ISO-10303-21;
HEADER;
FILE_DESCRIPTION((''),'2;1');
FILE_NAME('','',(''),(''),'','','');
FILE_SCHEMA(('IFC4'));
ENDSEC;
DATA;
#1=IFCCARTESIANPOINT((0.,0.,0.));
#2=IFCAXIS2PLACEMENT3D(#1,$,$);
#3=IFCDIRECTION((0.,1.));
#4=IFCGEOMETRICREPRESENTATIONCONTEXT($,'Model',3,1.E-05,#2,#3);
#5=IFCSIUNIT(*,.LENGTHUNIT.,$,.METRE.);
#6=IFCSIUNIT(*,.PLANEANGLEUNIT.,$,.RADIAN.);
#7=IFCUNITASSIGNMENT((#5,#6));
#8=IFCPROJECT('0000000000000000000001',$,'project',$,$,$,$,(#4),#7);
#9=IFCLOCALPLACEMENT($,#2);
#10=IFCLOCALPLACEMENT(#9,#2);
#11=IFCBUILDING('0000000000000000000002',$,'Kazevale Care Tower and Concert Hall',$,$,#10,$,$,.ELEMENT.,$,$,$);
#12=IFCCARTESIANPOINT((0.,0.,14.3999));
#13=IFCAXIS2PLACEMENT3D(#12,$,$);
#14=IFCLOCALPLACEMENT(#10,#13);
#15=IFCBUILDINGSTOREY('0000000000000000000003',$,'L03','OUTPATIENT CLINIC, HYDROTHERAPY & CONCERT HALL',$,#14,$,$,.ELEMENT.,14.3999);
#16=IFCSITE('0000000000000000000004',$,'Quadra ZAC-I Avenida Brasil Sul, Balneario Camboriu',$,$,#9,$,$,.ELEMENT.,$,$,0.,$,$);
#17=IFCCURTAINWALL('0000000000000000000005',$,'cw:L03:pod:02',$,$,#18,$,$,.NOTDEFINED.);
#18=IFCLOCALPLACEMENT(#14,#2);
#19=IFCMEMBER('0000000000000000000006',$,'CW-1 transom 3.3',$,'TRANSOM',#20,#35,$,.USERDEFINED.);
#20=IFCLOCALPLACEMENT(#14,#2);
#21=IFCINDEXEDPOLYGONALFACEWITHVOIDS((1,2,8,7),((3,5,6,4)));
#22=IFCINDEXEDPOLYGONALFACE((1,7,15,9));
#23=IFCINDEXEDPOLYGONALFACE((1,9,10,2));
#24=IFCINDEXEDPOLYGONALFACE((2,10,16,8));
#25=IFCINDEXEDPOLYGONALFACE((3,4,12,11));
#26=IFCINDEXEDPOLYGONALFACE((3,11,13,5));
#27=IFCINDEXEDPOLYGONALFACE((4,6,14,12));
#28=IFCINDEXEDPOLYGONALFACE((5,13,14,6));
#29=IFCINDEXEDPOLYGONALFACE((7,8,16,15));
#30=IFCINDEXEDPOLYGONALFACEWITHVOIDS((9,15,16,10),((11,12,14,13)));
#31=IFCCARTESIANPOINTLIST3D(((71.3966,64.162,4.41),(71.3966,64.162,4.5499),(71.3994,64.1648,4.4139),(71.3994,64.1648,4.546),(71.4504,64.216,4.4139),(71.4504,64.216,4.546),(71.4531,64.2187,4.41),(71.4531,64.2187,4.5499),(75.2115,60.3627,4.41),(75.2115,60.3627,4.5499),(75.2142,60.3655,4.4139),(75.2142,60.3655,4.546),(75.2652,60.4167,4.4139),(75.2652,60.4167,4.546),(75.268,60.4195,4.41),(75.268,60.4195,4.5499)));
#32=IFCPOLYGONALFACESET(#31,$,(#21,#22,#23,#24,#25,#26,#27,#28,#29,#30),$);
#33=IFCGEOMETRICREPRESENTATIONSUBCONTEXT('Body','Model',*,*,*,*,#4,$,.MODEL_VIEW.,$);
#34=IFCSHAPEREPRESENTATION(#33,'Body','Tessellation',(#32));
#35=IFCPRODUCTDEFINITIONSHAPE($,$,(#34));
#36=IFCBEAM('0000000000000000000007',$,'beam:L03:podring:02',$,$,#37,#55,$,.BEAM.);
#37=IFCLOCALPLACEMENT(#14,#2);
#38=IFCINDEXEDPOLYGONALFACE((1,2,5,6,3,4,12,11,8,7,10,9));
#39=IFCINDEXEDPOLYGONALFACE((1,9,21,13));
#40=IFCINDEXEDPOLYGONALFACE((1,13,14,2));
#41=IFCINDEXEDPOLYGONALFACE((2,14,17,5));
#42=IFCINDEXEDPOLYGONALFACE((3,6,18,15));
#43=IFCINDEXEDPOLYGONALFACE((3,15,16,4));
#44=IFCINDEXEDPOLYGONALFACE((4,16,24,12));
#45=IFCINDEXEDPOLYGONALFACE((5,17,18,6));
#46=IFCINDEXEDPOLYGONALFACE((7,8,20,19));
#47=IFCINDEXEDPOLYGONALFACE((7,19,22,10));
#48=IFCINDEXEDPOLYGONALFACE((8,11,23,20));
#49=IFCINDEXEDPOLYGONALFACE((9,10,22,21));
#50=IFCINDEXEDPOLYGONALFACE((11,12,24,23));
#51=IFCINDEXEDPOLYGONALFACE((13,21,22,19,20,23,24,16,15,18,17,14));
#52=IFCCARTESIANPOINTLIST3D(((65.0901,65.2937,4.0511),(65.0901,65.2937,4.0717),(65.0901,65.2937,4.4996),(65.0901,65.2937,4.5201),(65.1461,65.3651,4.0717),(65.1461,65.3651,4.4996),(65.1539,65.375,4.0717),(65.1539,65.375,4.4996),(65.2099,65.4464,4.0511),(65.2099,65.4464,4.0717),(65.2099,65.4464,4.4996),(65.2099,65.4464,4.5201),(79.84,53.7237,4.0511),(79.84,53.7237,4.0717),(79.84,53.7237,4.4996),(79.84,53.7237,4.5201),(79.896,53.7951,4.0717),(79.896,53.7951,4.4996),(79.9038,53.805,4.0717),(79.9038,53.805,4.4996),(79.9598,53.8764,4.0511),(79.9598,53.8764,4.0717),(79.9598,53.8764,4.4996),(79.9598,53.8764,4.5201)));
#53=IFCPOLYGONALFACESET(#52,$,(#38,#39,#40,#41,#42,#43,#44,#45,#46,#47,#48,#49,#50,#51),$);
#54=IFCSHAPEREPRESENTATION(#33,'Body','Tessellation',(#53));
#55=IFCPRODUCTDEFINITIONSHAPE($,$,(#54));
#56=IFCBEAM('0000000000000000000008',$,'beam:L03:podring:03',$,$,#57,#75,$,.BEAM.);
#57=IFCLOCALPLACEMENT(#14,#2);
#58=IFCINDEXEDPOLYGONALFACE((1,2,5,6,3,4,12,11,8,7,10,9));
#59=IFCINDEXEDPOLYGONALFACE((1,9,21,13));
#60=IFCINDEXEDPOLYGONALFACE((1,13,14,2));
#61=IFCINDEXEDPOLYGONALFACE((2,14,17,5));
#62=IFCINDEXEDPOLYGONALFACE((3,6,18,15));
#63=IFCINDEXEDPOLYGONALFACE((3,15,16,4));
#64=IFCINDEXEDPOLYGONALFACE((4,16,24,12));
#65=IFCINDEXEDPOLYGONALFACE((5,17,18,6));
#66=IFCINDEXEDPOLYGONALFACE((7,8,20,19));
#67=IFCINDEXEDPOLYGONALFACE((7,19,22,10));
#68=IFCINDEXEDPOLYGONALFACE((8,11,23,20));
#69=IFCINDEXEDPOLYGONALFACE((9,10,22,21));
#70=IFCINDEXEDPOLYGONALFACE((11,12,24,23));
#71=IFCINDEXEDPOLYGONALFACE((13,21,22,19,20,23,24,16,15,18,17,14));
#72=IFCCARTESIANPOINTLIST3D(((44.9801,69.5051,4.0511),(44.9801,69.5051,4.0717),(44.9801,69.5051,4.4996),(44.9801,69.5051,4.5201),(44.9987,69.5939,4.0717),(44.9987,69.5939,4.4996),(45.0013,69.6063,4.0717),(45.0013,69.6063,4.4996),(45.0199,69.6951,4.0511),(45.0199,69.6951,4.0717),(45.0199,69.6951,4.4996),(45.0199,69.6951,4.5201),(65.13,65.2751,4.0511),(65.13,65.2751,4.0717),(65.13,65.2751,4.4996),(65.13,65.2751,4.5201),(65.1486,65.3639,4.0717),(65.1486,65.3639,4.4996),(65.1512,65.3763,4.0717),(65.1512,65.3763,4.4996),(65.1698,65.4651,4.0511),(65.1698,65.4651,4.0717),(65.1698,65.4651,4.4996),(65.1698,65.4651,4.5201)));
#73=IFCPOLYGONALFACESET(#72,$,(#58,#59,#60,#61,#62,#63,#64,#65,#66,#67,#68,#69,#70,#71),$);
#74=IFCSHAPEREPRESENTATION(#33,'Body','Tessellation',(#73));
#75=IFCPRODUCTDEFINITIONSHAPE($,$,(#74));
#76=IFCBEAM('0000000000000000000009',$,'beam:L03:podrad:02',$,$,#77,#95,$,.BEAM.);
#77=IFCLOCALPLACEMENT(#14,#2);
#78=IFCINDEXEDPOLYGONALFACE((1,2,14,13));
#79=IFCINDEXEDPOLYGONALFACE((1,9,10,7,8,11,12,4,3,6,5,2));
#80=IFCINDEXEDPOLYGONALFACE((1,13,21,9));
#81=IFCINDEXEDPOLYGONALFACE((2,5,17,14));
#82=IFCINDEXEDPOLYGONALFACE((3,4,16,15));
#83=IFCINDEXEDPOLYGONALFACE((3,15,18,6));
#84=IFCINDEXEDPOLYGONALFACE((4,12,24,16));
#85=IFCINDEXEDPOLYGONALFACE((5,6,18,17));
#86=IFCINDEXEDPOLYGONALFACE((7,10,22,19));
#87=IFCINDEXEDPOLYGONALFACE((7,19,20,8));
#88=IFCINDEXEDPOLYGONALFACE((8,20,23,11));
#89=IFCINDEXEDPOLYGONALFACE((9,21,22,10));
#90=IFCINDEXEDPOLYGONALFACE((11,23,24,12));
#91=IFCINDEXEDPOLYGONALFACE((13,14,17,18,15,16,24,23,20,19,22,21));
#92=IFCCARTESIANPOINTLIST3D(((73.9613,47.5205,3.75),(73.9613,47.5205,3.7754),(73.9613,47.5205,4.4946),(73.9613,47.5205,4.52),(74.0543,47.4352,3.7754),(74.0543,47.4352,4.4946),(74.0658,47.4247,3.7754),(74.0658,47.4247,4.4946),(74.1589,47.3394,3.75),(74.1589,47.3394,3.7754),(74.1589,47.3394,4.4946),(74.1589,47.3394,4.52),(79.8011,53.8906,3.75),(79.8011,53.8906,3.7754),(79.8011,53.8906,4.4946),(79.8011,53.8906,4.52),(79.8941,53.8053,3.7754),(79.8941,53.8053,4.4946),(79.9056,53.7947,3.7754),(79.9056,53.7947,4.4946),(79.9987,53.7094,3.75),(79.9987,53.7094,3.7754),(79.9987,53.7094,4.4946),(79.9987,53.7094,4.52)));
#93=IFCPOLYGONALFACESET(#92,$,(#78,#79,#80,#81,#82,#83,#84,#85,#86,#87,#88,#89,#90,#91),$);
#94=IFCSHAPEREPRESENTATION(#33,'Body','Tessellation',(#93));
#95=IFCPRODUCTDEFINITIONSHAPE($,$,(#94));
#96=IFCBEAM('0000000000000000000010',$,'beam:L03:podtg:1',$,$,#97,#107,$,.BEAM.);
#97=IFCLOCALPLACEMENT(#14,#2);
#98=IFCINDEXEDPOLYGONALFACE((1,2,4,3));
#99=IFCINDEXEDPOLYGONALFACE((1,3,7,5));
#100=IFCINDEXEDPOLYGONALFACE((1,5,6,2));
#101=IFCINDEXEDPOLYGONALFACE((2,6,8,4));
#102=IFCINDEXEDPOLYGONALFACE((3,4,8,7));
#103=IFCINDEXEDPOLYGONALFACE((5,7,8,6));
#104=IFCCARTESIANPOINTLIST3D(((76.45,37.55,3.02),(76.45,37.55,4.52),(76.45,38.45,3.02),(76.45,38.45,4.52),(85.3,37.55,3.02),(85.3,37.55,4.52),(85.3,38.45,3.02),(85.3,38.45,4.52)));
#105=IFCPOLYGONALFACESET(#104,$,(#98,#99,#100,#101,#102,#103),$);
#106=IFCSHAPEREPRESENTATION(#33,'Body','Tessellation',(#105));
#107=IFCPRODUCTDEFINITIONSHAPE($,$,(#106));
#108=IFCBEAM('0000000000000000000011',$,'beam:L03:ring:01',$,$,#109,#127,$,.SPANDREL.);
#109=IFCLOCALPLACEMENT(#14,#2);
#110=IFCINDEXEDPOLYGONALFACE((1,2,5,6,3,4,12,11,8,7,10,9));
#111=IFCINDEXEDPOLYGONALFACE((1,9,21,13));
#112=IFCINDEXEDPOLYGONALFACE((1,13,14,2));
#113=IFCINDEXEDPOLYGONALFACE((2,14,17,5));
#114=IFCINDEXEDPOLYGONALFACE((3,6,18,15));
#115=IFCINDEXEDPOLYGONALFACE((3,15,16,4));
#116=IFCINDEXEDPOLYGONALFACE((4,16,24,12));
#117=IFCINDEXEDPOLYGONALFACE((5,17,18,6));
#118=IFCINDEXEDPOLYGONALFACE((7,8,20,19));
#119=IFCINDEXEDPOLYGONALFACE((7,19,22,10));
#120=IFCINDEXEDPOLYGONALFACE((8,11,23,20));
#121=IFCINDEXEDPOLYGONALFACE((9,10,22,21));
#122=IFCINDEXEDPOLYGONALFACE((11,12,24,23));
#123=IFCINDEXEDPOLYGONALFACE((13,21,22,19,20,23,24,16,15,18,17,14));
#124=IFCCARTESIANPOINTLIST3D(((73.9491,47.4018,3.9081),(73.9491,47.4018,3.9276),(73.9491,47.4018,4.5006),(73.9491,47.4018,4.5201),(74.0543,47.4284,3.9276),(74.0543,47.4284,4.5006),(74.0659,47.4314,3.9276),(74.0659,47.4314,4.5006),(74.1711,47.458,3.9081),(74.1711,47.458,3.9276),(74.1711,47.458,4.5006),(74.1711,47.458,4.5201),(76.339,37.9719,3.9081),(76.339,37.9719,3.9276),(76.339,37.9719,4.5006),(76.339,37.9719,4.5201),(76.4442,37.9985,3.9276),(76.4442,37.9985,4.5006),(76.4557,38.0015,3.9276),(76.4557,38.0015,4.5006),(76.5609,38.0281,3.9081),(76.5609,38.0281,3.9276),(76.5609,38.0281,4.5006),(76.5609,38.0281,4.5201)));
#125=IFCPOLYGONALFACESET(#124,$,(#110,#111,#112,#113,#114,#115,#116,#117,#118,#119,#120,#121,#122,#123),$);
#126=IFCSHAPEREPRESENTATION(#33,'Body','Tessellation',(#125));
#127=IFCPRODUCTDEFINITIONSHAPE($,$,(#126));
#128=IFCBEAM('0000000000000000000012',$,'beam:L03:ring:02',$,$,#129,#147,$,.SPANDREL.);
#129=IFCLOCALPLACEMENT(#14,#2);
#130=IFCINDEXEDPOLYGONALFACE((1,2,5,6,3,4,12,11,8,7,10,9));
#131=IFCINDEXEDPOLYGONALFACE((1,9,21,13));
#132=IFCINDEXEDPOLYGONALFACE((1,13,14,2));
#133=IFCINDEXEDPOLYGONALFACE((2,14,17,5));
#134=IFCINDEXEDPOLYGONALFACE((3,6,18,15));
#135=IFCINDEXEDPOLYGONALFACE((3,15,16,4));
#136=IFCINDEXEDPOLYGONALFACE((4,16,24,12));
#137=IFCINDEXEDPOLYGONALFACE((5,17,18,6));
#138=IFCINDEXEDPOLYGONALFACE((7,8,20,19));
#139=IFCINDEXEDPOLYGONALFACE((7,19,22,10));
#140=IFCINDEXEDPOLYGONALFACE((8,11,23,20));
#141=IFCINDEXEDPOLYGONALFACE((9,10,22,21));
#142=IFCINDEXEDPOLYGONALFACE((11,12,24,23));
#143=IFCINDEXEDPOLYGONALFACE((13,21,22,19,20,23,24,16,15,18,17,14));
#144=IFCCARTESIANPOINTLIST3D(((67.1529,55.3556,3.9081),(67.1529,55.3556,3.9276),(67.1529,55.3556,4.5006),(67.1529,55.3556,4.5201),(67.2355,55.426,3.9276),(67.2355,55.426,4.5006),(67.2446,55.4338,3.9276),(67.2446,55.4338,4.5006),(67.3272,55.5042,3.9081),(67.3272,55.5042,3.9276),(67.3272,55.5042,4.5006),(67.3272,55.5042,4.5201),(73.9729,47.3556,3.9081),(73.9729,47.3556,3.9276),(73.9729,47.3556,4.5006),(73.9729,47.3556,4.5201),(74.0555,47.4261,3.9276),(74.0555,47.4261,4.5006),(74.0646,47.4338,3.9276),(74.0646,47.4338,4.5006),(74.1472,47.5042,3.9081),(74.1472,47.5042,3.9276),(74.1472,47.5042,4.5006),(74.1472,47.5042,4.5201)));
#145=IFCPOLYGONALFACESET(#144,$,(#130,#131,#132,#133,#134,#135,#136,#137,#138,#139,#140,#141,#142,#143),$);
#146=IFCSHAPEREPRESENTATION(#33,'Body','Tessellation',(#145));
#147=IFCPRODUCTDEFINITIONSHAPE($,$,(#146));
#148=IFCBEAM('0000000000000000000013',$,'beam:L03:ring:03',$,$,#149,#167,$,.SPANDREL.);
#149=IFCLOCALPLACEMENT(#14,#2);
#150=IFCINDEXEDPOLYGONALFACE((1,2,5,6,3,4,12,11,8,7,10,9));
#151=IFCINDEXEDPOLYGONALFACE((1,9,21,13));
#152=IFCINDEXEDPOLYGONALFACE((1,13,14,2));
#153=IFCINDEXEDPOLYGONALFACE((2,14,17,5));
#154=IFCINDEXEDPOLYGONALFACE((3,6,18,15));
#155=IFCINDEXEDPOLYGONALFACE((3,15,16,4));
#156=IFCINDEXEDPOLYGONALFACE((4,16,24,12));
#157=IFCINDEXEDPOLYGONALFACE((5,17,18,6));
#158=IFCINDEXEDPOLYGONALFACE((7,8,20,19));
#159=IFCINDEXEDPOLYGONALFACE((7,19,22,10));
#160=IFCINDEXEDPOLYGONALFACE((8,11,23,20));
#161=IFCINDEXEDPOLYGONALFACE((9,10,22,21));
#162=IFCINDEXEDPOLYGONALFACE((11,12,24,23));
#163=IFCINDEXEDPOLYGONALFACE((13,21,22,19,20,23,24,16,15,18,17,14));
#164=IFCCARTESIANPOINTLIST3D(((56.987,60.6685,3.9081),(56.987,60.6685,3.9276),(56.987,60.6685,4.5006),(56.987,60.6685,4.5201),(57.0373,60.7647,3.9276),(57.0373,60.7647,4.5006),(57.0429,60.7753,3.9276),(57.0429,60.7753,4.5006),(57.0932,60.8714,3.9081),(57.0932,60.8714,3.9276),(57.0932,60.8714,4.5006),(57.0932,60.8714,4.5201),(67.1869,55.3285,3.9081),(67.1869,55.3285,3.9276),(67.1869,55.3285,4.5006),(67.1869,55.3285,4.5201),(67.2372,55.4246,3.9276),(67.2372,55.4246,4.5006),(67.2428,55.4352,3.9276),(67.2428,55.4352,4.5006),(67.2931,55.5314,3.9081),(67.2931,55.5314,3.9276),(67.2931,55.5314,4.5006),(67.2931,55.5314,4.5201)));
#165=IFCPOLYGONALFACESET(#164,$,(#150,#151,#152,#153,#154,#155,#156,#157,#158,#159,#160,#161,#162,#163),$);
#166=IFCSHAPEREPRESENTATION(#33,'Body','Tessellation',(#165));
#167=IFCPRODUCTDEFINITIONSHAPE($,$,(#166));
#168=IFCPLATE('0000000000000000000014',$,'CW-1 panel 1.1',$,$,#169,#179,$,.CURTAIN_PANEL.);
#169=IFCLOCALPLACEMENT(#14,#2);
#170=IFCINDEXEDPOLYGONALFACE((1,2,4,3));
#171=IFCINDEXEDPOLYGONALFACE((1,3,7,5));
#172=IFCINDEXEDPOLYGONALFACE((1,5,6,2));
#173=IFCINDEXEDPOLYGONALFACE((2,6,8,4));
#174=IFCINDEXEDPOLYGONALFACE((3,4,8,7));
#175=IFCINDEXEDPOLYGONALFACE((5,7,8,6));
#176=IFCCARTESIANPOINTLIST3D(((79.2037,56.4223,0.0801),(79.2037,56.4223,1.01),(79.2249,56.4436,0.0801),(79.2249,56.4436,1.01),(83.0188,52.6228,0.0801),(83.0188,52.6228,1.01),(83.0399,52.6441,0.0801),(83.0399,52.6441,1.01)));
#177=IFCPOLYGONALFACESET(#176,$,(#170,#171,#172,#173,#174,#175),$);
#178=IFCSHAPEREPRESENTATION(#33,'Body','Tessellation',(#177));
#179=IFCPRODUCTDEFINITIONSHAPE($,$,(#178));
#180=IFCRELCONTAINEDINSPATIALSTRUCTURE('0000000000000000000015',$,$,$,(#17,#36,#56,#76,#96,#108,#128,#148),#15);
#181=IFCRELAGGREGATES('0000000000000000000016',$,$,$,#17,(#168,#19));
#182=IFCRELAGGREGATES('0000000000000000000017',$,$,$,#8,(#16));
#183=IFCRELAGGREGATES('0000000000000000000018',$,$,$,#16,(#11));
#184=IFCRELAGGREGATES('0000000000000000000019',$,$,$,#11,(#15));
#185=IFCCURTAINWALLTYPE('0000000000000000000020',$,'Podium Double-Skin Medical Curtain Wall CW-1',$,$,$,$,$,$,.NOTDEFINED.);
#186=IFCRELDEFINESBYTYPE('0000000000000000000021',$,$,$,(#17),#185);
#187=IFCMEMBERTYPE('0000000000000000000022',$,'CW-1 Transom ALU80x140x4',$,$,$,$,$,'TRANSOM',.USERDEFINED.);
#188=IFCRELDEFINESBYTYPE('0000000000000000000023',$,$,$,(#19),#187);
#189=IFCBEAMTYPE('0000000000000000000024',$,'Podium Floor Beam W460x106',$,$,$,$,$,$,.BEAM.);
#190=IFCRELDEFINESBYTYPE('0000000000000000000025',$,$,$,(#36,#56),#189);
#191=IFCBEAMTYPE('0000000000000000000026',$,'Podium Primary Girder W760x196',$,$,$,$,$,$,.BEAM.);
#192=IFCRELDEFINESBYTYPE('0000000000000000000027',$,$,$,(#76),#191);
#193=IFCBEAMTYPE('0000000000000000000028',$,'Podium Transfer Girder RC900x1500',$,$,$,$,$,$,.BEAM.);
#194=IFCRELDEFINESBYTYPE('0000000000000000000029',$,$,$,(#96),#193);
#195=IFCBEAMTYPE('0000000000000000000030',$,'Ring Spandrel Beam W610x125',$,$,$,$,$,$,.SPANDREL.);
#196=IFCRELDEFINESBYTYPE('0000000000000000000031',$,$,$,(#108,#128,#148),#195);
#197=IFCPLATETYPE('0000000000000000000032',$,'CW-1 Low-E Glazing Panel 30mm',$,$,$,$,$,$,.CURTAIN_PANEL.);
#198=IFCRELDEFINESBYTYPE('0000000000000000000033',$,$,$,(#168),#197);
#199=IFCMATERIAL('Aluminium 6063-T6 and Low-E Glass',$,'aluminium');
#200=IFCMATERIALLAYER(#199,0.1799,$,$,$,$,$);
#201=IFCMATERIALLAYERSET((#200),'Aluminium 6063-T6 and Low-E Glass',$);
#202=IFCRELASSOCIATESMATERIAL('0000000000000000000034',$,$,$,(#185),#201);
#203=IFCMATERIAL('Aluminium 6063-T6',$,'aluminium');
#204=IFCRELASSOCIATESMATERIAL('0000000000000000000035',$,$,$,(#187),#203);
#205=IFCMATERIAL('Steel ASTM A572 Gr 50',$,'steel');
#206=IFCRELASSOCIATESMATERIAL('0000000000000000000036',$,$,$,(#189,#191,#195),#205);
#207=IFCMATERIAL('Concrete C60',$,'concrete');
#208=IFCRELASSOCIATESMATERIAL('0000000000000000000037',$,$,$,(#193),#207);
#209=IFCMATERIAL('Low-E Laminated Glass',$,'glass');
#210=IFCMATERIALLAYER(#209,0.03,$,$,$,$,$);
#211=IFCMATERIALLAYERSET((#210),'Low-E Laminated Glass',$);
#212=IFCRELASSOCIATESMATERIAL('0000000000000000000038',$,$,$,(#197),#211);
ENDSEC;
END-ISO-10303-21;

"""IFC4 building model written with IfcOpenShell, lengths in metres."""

from ifc_helpers import new_model, si_unit, direction, frame, origin, origin_2d, place, context, subcontext, project, spatial, rectangle, hollow_rectangle, i_section, extrude, material, layer, layer_set, material_profile, profile_set, type_object, element, aggregate, save


model = new_model("IFC4")

# Units and contexts
model_context = context("Model", 3, precision=1e-05, world=origin(), true_north=direction((0.0, 1.0)))
body_context = subcontext(model_context, "Body", "Model", "MODEL_VIEW")
ifc_project = project(units=[si_unit("LENGTHUNIT", "METRE"), si_unit("PLANEANGLEUNIT", "RADIAN")], contexts=[model_context])

# Site, building, storey
site_placement = place(None, origin())
site = spatial("IfcSite", under=ifc_project, at=site_placement, Name="Quadra ZAC-I Avenida Brasil Sul, Balneario Camboriu", CompositionType="ELEMENT", RefElevation=0.0)
building_placement = place(site_placement, origin())
building = spatial("IfcBuilding", under=site, at=building_placement, Name="Kazevale Care Tower and Concert Hall", CompositionType="ELEMENT")
storey_placement = place(building_placement, frame((0.0, 0.0, 14.3999)))
storey = spatial("IfcBuildingStorey", under=building, at=storey_placement, Name="L03", Description="OUTPATIENT CLINIC, HYDROTHERAPY & CONCERT HALL", CompositionType="ELEMENT", Elevation=14.3999)

# Shared definitions
ifc_material_1 = material(Name="Concrete C60", Category="concrete")

# Curtain wall, member
ifc_material_2 = material(Name="Aluminium 6063-T6 and Low-E Glass", Category="aluminium")
ifc_layer_1 = layer(ifc_material_2, 0.1799)
ifc_layer_set_1 = layer_set([ifc_layer_1], Name="Aluminium 6063-T6 and Low-E Glass")
curtain_wall_type = type_object("IfcCurtainWallType", Name="Podium Double-Skin Medical Curtain Wall CW-1", PredefinedType="NOTDEFINED", material=ifc_layer_set_1)
curtain_wall_placement = place(storey_placement, origin())
curtain_wall = element("IfcCurtainWall", 1, at=curtain_wall_placement, inside=storey, type_object=curtain_wall_type, Name="cw:L03:pod:02", PredefinedType="NOTDEFINED")
ifc_material_3 = material(Name="Aluminium 6063-T6", Category="aluminium")
ifc_material_profile_1 = material_profile(ifc_material_3, hollow_rectangle(XDim=0.0801, YDim=0.1399, WallThickness=0.0039, at=origin_2d()), Name="ALU80x140x4")
ifc_profile_set_1 = profile_set([ifc_material_profile_1], Name="Aluminium 6063-T6")
member_type_1 = type_object("IfcMemberType", Name="CW-1 Transom ALU80x140x4", ElementType="TRANSOM", PredefinedType="USERDEFINED", material=ifc_profile_set_1)
member_1_placement = place(storey_placement, frame((75.2397, 60.3911, 4.48), z_axis=(-0.708556, 0.705654, 0.0), x_axis=(-0.705654, -0.708556, 0.0)))
member_1 = element("IfcMember", 2, at=member_1_placement, type_object=member_type_1, Name="CW-1 transom 3.3", ObjectType="TRANSOM", PredefinedType="USERDEFINED", context=body_context, shape_type="SweptSolid", body=[
    extrude(hollow_rectangle(XDim=0.0801, YDim=0.1399, WallThickness=0.0039, at=origin_2d()), origin(), (0.0, 0.0, 1.0), 5.384),
])

# Beams
ifc_material_4 = material(Name="Steel ASTM A572 Gr 50", Category="steel")
ifc_material_profile_2 = material_profile(ifc_material_4, i_section(OverallWidth=0.1941, OverallDepth=0.469, WebThickness=0.0127, FlangeThickness=0.0205, at=origin_2d()), Name="W460x106")
ifc_profile_set_2 = profile_set([ifc_material_profile_2], Name="Steel ASTM A572 Gr 50")
beam_type_1 = type_object("IfcBeamType", Name="Podium Floor Beam W460x106", PredefinedType="BEAM", material=ifc_profile_set_2)
beam_1_placement = place(storey_placement, frame((79.8999, 53.8, 4.2856), z_axis=(-0.786816, 0.617188, 0.0), x_axis=(-0.617188, -0.786816, 0.0)))
element("IfcBeam", 3, at=beam_1_placement, inside=storey, type_object=beam_type_1, Name="beam:L03:podring:02", PredefinedType="BEAM", context=body_context, shape_type="SweptSolid", body=[
    extrude(i_section(OverallWidth=0.1941, OverallDepth=0.469, WebThickness=0.0127, FlangeThickness=0.0205, at=origin_2d()), origin(), (0.0, 0.0, 1.0), 18.7463),
])
beam_2_placement = place(storey_placement, frame((65.1499, 65.3701, 4.2856), z_axis=(-0.978668, 0.205448, 0.0), x_axis=(-0.205448, -0.978668, 0.0)))
element("IfcBeam", 4, at=beam_2_placement, inside=storey, type_object=beam_type_1, Name="beam:L03:podring:03", PredefinedType="BEAM", context=body_context, shape_type="SweptSolid", body=[
    extrude(i_section(OverallWidth=0.1941, OverallDepth=0.469, WebThickness=0.0127, FlangeThickness=0.0205, at=origin_2d()), origin(), (0.0, 0.0, 1.0), 20.5891),
])
ifc_material_profile_3 = material_profile(ifc_material_4, i_section(OverallWidth=0.2681, OverallDepth=0.77, WebThickness=0.0156, FlangeThickness=0.0254, at=origin_2d()), Name="W760x196")
ifc_profile_set_3 = profile_set([ifc_material_profile_3], Name="Steel ASTM A572 Gr 50")
beam_type_2 = type_object("IfcBeamType", Name="Podium Primary Girder W760x196", PredefinedType="BEAM", material=ifc_profile_set_3)
beam_3_placement = place(storey_placement, frame((74.0601, 47.4299, 4.135), z_axis=(0.67576, 0.737121, 0.0), x_axis=(-0.737121, 0.67576, 0.0)))
element("IfcBeam", 5, at=beam_3_placement, inside=storey, type_object=beam_type_2, Name="beam:L03:podrad:02", PredefinedType="BEAM", context=body_context, shape_type="SweptSolid", body=[
    extrude(i_section(OverallWidth=0.2681, OverallDepth=0.77, WebThickness=0.0156, FlangeThickness=0.0254, at=origin_2d()), origin(), (0.0, 0.0, 1.0), 8.6418),
])
ifc_material_profile_4 = material_profile(ifc_material_1, rectangle(XDim=0.8999, YDim=1.5, at=origin_2d()), Name="RC-TG900x1500")
ifc_profile_set_4 = profile_set([ifc_material_profile_4], Name="Concrete C60")
beam_type_3 = type_object("IfcBeamType", Name="Podium Transfer Girder RC900x1500", PredefinedType="BEAM", material=ifc_profile_set_4)
beam_4_placement = place(storey_placement, frame((76.45, 38.0, 3.77), z_axis=(1.0, 0.0, 0.0), x_axis=(0.0, 1.0, 0.0)))
element("IfcBeam", 6, at=beam_4_placement, inside=storey, type_object=beam_type_3, Name="beam:L03:podtg:1", PredefinedType="BEAM", context=body_context, shape_type="SweptSolid", body=[
    extrude(rectangle(XDim=0.8999, YDim=1.5, at=origin_2d()), origin(), (0.0, 0.0, 1.0), 8.8501),
])
ifc_material_profile_5 = material_profile(ifc_material_4, i_section(OverallWidth=0.229, OverallDepth=0.6121, WebThickness=0.012, FlangeThickness=0.0195, at=origin_2d()), Name="W610x125")
ifc_profile_set_5 = profile_set([ifc_material_profile_5], Name="Steel ASTM A572 Gr 50")
beam_type_4 = type_object("IfcBeamType", Name="Ring Spandrel Beam W610x125", PredefinedType="SPANDREL", material=ifc_profile_set_5)
beam_5_placement = place(storey_placement, frame((76.45, 38.0, 4.2141), z_axis=(-0.24567, 0.969354, 0.0), x_axis=(-0.969354, -0.24567, 0.0)))
element("IfcBeam", 7, at=beam_5_placement, inside=storey, type_object=beam_type_4, Name="beam:L03:ring:01", PredefinedType="SPANDREL", context=body_context, shape_type="SweptSolid", body=[
    extrude(i_section(OverallWidth=0.229, OverallDepth=0.6121, WebThickness=0.012, FlangeThickness=0.0195, at=origin_2d()), origin(), (0.0, 0.0, 1.0), 9.728),
])
beam_6_placement = place(storey_placement, frame((74.0601, 47.4299, 4.2141), z_axis=(-0.648756, 0.760996, 0.0), x_axis=(-0.760996, -0.648756, 0.0)))
element("IfcBeam", 8, at=beam_6_placement, inside=storey, type_object=beam_type_4, Name="beam:L03:ring:02", PredefinedType="SPANDREL", context=body_context, shape_type="SweptSolid", body=[
    extrude(i_section(OverallWidth=0.229, OverallDepth=0.6121, WebThickness=0.012, FlangeThickness=0.0195, at=origin_2d()), origin(), (0.0, 0.0, 1.0), 10.5125),
])
beam_7_placement = place(storey_placement, frame((67.24, 55.4299, 4.2141), z_axis=(-0.885929, 0.46382, 0.0), x_axis=(-0.46382, -0.885929, 0.0)))
element("IfcBeam", 9, at=beam_7_placement, inside=storey, type_object=beam_type_4, Name="beam:L03:ring:03", PredefinedType="SPANDREL", context=body_context, shape_type="SweptSolid", body=[
    extrude(i_section(OverallWidth=0.229, OverallDepth=0.6121, WebThickness=0.012, FlangeThickness=0.0195, at=origin_2d()), origin(), (0.0, 0.0, 1.0), 11.5132),
])

# Plate
ifc_material_5 = material(Name="Low-E Laminated Glass", Category="glass")
ifc_layer_2 = layer(ifc_material_5, 0.03)
ifc_layer_set_2 = layer_set([ifc_layer_2], Name="Low-E Laminated Glass")
plate_type = type_object("IfcPlateType", Name="CW-1 Low-E Glazing Panel 30mm", PredefinedType="CURTAIN_PANEL", material=ifc_layer_set_2)
plate_1_placement = place(storey_placement, frame((81.1218, 54.5332, 0.0801), z_axis=(0.0, 0.0, 1.0), x_axis=(-0.708555, 0.705656, 0.0)))
plate_1 = element("IfcPlate", 10, at=plate_1_placement, type_object=plate_type, Name="CW-1 panel 1.1", PredefinedType="CURTAIN_PANEL", context=body_context, shape_type="SweptSolid", body=[
    extrude(rectangle(XDim=5.3843, YDim=0.03, at=origin_2d()), origin(), (0.0, 0.0, 1.0), 0.9299),
])
aggregate(curtain_wall, [plate_1, member_1])

save(model, "model.ifc")
